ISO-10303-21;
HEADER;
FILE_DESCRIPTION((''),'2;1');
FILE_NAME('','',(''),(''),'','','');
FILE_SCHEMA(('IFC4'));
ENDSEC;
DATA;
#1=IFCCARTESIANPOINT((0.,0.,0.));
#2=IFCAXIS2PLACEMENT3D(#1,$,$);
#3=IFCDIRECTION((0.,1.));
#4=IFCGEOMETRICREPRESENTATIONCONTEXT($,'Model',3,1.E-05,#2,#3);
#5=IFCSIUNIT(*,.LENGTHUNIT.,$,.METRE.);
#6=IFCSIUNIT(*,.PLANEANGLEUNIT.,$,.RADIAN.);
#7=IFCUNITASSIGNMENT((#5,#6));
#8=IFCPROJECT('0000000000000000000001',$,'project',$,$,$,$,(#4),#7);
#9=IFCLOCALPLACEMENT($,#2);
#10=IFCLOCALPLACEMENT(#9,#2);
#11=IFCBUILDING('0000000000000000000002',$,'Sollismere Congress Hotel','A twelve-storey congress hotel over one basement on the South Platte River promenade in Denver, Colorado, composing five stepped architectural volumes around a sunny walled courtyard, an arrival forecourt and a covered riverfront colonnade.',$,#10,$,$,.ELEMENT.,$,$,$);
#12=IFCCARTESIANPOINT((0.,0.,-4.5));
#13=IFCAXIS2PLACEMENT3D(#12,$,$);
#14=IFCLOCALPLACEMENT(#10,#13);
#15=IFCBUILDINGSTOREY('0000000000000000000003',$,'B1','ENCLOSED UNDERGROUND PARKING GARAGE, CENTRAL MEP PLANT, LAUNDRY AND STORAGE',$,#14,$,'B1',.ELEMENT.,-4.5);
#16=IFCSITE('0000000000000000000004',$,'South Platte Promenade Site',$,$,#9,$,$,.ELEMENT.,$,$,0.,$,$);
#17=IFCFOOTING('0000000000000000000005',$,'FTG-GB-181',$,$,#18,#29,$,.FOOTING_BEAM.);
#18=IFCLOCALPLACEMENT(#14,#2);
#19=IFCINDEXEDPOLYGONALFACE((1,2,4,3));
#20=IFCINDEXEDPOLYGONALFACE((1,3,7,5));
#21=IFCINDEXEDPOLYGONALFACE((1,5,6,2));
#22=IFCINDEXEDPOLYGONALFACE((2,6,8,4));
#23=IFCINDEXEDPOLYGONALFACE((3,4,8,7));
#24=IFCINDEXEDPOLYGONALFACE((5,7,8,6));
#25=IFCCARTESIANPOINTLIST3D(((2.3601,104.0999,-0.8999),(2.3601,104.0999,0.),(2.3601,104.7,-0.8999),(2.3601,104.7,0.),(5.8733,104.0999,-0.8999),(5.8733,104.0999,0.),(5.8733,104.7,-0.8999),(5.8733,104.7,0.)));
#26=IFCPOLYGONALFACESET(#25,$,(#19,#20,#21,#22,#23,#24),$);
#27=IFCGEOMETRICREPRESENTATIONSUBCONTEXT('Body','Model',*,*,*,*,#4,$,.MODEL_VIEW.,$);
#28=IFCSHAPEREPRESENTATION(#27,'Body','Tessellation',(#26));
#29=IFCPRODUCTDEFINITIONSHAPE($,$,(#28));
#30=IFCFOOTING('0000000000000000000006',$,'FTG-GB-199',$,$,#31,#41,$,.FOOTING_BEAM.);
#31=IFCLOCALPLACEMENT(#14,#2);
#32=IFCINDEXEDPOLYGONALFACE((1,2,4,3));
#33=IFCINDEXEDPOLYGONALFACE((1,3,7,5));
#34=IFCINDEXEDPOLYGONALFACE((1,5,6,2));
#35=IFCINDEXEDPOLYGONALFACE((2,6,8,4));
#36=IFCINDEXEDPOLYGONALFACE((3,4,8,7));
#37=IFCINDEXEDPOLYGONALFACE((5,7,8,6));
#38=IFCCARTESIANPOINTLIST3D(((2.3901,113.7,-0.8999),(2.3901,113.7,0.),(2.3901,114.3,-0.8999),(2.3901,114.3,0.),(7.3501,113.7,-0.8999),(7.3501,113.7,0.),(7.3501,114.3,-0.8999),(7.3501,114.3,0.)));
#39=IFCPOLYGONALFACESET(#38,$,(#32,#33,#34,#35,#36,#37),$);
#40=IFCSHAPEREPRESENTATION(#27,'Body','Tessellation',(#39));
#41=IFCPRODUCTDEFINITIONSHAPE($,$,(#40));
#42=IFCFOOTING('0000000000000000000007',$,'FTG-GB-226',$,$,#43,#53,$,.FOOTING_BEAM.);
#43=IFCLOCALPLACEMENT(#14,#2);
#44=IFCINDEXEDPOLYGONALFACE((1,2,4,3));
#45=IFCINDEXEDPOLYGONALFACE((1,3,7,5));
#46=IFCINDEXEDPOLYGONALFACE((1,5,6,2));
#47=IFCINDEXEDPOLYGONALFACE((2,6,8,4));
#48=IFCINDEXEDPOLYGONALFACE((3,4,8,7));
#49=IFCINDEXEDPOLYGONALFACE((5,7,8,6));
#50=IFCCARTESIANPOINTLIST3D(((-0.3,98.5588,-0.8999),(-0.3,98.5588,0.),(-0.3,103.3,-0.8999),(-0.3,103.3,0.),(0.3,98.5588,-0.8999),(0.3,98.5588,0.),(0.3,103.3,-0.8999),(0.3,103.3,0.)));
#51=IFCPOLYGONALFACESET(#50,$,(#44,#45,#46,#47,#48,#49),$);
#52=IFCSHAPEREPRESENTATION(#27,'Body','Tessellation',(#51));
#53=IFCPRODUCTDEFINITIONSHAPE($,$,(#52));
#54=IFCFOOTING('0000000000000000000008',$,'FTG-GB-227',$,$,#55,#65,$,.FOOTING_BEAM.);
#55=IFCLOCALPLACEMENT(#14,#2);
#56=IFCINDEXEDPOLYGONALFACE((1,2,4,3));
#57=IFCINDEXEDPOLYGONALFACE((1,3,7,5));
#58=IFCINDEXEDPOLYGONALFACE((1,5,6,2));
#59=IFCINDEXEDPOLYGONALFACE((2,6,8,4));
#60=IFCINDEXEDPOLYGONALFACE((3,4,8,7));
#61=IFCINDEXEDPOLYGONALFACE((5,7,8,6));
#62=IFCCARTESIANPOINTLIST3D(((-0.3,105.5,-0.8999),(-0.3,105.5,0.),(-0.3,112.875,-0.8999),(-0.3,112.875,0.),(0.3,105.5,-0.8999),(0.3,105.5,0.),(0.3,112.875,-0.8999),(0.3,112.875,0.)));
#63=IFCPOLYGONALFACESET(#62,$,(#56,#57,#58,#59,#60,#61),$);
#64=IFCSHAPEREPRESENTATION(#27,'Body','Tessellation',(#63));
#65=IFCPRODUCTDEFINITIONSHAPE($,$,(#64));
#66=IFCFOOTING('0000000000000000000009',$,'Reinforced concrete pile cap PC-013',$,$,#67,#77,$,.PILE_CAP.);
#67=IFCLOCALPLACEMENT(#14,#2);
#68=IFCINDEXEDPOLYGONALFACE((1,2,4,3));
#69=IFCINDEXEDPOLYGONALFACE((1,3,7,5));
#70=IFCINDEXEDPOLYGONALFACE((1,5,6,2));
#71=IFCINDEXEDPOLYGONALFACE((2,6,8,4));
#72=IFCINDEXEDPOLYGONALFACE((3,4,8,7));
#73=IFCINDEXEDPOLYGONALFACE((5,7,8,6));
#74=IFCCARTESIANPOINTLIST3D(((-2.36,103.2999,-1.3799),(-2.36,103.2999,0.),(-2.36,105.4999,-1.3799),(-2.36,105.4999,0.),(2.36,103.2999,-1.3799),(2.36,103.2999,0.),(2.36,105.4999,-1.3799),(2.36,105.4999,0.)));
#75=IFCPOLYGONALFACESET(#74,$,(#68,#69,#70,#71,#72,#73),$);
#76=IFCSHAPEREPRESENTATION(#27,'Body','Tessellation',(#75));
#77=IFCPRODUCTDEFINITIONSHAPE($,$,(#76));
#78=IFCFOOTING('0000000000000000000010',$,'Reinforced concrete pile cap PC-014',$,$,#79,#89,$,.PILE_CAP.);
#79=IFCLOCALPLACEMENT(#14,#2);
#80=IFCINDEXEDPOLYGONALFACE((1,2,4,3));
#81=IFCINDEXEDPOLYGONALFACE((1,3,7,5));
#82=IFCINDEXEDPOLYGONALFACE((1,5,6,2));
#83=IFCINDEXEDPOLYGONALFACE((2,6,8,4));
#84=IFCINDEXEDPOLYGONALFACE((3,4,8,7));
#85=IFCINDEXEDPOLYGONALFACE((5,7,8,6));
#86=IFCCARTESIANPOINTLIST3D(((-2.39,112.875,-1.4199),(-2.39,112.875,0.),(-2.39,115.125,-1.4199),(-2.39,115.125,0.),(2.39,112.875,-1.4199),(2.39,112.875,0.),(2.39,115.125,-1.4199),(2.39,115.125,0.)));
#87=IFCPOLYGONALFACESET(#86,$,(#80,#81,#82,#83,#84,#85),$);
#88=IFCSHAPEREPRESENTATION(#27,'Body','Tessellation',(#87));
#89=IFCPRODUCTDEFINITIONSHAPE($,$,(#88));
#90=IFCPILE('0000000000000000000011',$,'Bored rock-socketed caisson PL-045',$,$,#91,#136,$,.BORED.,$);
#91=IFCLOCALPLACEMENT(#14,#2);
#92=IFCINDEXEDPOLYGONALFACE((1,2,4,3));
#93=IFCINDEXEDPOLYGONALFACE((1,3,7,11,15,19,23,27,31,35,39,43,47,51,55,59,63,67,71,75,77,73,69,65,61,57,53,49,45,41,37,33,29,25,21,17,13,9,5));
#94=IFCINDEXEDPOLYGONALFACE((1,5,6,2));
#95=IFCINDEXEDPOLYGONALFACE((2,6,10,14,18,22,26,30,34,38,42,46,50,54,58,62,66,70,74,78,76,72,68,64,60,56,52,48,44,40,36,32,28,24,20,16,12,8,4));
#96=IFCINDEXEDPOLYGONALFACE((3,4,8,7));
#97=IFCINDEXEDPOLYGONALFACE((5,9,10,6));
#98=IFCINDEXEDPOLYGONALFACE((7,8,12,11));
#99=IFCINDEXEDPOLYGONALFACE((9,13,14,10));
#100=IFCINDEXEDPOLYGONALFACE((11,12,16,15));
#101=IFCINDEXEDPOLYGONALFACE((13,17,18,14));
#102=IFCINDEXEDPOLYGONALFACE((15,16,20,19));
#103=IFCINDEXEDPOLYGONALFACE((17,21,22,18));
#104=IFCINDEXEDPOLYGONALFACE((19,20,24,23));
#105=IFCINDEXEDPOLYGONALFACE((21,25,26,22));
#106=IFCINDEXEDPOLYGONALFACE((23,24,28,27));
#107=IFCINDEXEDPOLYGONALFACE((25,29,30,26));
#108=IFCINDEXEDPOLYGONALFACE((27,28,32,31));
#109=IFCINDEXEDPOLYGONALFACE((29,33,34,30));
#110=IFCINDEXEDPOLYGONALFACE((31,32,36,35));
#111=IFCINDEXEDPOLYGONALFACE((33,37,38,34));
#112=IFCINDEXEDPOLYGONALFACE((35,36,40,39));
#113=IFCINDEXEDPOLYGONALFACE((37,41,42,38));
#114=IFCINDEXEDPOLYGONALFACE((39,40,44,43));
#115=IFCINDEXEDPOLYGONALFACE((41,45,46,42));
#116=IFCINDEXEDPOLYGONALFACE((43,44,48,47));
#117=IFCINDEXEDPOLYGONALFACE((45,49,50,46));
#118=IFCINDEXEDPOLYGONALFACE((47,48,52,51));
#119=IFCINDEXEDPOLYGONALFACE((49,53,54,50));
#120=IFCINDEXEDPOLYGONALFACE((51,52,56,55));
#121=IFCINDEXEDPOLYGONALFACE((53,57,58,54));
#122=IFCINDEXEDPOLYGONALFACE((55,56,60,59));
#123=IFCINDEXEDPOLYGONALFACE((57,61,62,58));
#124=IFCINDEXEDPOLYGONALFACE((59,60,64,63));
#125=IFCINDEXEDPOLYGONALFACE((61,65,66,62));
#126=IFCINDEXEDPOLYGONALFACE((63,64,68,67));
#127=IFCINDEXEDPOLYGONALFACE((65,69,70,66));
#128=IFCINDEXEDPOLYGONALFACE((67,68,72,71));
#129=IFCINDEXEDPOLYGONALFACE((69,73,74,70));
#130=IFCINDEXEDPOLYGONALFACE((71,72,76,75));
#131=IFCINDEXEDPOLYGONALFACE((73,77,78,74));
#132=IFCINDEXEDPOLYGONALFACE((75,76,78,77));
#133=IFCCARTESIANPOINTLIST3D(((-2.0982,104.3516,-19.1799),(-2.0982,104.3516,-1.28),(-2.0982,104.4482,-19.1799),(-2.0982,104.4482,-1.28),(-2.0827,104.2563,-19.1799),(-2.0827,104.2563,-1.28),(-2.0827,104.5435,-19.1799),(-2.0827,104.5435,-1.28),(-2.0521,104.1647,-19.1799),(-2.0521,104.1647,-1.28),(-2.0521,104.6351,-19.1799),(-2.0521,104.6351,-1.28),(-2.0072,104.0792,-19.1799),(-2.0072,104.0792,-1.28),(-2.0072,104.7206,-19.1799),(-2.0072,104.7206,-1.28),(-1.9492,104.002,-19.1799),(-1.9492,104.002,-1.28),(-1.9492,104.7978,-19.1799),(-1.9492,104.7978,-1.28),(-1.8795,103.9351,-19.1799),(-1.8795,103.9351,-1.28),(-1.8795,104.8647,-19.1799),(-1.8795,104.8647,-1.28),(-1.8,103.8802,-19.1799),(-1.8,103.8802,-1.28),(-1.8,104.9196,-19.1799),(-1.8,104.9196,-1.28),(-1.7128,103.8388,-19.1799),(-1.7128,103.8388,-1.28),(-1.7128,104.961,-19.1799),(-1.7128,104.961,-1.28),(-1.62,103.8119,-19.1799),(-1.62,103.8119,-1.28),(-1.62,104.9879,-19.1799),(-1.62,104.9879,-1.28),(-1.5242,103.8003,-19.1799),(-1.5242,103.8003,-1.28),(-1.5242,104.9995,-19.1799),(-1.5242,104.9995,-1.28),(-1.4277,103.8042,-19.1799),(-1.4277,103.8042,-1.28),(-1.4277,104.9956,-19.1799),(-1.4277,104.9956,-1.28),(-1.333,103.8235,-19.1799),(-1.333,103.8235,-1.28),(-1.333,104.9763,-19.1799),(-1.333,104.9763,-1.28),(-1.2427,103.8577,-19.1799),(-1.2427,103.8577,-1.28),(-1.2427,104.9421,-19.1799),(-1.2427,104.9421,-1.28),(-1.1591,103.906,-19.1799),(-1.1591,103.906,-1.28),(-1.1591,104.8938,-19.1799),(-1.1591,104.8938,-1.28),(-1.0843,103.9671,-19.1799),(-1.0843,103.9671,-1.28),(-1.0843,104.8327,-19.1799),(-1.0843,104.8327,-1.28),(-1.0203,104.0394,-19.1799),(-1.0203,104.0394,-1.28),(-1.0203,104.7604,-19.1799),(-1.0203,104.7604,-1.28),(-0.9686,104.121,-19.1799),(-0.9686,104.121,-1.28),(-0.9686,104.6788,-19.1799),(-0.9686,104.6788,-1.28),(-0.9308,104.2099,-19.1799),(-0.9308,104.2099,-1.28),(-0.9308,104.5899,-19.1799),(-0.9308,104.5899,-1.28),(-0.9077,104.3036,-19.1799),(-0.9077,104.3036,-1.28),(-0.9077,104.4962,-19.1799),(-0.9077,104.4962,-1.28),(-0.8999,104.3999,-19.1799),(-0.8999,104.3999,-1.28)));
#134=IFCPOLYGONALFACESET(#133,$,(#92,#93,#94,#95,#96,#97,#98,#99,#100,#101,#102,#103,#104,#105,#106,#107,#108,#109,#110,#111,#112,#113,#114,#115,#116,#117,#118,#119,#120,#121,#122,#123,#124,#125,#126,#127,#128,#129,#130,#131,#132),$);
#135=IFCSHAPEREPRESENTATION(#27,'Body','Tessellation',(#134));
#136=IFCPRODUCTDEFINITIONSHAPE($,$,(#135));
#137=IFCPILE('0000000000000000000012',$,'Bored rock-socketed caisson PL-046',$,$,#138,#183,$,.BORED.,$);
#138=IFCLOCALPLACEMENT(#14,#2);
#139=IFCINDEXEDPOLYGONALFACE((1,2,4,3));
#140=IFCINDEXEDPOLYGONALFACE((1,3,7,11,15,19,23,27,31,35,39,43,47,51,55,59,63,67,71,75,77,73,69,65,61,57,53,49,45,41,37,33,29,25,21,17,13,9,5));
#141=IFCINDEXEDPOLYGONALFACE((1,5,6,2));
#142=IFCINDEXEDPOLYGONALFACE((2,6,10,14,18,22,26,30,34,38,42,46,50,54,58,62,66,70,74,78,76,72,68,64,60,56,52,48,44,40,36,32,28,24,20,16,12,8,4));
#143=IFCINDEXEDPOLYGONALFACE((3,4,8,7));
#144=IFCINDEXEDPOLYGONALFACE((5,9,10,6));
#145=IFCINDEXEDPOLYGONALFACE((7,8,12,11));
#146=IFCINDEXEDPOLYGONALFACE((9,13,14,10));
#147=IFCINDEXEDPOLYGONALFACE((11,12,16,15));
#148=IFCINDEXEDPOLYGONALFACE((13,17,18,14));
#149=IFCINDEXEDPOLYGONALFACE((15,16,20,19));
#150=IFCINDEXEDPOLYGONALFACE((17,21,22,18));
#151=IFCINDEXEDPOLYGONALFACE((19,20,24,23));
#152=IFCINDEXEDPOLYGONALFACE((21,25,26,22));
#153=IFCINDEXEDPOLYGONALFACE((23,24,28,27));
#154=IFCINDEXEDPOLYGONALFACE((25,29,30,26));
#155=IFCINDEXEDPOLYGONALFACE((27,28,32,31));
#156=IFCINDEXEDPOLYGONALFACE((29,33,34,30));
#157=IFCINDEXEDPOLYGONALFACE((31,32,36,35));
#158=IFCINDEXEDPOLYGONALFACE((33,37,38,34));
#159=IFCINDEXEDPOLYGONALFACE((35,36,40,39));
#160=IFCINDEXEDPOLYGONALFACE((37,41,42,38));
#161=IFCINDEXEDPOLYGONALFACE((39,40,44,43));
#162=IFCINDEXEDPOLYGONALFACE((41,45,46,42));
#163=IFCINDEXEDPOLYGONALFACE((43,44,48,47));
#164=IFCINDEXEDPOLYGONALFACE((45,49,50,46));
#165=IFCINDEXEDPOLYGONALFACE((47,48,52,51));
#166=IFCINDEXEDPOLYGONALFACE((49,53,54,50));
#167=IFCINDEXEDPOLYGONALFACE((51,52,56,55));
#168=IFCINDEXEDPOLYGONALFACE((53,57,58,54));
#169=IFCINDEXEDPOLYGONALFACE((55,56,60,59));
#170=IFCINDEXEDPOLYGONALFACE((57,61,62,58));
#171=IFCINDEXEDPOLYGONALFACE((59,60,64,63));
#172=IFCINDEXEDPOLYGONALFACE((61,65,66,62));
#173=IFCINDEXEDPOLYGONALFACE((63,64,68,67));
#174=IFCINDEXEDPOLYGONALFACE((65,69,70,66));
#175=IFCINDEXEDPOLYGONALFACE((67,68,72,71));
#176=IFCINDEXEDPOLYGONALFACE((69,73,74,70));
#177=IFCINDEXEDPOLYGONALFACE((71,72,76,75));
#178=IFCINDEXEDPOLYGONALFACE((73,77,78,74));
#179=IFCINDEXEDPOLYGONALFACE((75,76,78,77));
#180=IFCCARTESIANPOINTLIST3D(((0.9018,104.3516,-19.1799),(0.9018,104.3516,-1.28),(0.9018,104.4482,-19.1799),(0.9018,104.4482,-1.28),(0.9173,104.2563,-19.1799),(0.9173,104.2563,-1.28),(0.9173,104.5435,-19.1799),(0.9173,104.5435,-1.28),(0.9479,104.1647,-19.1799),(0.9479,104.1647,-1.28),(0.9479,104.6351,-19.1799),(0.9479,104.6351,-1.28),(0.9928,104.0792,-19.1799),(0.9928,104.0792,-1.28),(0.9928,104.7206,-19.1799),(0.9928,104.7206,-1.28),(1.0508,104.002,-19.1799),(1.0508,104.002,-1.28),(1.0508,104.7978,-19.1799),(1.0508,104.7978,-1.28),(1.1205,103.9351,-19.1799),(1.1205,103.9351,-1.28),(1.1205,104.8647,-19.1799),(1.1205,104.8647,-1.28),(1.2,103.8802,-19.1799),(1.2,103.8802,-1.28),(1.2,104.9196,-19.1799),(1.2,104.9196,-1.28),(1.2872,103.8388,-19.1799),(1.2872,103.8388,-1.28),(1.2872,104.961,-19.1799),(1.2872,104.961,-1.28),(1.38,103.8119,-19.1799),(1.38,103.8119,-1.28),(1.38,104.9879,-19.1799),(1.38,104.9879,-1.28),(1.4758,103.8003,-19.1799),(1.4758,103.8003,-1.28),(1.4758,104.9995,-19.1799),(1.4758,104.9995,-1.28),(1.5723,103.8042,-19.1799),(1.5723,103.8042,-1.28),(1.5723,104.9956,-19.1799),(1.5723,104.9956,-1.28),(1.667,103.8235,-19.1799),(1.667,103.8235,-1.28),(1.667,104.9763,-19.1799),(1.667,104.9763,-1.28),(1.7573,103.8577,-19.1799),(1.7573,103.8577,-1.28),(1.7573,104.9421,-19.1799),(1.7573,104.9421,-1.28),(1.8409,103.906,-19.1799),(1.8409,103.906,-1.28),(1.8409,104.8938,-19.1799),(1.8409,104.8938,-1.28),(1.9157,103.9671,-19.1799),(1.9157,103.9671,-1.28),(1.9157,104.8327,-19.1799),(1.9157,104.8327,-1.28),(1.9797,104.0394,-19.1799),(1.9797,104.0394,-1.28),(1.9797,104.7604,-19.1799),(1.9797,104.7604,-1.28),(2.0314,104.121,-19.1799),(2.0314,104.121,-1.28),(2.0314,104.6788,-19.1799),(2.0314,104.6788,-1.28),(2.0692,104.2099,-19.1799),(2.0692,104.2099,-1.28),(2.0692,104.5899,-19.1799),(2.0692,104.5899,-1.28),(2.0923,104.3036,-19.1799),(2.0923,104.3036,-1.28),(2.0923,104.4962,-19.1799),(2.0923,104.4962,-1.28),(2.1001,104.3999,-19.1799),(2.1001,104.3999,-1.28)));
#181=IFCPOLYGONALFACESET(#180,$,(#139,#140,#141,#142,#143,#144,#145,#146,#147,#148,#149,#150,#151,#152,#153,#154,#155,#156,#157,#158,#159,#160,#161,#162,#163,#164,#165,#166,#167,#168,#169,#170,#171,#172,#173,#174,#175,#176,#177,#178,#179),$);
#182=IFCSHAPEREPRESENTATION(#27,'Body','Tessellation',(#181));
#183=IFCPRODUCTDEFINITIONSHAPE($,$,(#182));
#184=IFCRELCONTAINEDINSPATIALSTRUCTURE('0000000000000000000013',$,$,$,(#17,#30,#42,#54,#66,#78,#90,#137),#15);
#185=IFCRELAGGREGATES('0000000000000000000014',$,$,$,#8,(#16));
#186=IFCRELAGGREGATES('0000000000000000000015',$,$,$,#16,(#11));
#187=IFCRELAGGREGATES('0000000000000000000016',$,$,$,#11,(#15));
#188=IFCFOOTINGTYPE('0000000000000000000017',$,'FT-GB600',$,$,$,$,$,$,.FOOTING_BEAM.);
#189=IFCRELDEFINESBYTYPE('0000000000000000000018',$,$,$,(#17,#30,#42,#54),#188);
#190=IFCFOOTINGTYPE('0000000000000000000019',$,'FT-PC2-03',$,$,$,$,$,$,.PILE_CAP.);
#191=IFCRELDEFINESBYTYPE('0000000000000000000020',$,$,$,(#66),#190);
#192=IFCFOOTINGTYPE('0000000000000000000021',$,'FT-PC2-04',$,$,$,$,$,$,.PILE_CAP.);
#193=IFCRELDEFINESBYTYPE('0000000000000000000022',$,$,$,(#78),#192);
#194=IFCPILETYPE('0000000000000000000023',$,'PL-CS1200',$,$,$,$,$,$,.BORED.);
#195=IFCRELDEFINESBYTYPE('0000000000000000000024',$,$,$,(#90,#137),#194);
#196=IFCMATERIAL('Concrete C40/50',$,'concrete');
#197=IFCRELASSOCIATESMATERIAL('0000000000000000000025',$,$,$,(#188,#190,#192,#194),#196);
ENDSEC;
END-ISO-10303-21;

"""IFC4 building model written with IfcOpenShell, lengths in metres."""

from ifc_helpers import new_model, si_unit, direction, frame, origin, origin_2d, place, context, subcontext, project, spatial, rectangle, circle, extrude, material, material_profile, profile_set, type_object, element, save


model = new_model("IFC4")

# Units and contexts
model_context = context("Model", 3, precision=1e-05, world=origin(), true_north=direction((0.0, 1.0)))
body_context = subcontext(model_context, "Body", "Model", "MODEL_VIEW")
ifc_project = project(units=[si_unit("LENGTHUNIT", "METRE"), si_unit("PLANEANGLEUNIT", "RADIAN")], contexts=[model_context])

# Site, building, storey
site_placement = place(None, origin())
site = spatial("IfcSite", under=ifc_project, at=site_placement, Name="South Platte Promenade Site", CompositionType="ELEMENT", RefElevation=0.0)
building_placement = place(site_placement, origin())
building = spatial("IfcBuilding", under=site, at=building_placement, Name="Sollismere Congress Hotel", Description="A twelve-storey congress hotel over one basement on the South Platte River promenade in Denver, Colorado, composing five stepped architectural volumes around a sunny walled courtyard, an arrival forecourt and a covered riverfront colonnade.", CompositionType="ELEMENT")
storey_placement = place(building_placement, frame((0.0, 0.0, -4.5)))
storey = spatial("IfcBuildingStorey", under=building, at=storey_placement, Name="B1", Description="ENCLOSED UNDERGROUND PARKING GARAGE, CENTRAL MEP PLANT, LAUNDRY AND STORAGE", LongName="B1", CompositionType="ELEMENT", Elevation=-4.5)

# Footings
ifc_material_1 = material(Name="Concrete C40/50", Category="concrete")
footing_type_1 = type_object("IfcFootingType", Name="FT-GB600", PredefinedType="FOOTING_BEAM", material=ifc_material_1)
footing_1_placement = place(storey_placement, frame((4.1167, 104.3999, -0.8999), z_axis=(0.0, 0.0, 1.0), x_axis=(1.0, 0.0, 0.0)))
element("IfcFooting", 1, at=footing_1_placement, inside=storey, type_object=footing_type_1, Name="FTG-GB-181", PredefinedType="FOOTING_BEAM", context=body_context, shape_type="SweptSolid", body=[
    extrude(rectangle(XDim=3.5132, YDim=0.6001, at=origin_2d()), origin(), (0.0, 0.0, 1.0), 0.8999),
])
footing_2_placement = place(storey_placement, frame((4.8701, 114.0, -0.8999), z_axis=(0.0, 0.0, 1.0), x_axis=(1.0, 0.0, 0.0)))
element("IfcFooting", 2, at=footing_2_placement, inside=storey, type_object=footing_type_1, Name="FTG-GB-199", PredefinedType="FOOTING_BEAM", context=body_context, shape_type="SweptSolid", body=[
    extrude(rectangle(XDim=4.96, YDim=0.6001, at=origin_2d()), origin(), (0.0, 0.0, 1.0), 0.8999),
])
footing_3_placement = place(storey_placement, frame((0.0, 100.9294, -0.8999), z_axis=(0.0, 0.0, 1.0), x_axis=(0.0, 1.0, 0.0)))
element("IfcFooting", 3, at=footing_3_placement, inside=storey, type_object=footing_type_1, Name="FTG-GB-226", PredefinedType="FOOTING_BEAM", context=body_context, shape_type="SweptSolid", body=[
    extrude(rectangle(XDim=4.7412, YDim=0.6001, at=origin_2d()), origin(), (0.0, 0.0, 1.0), 0.8999),
])
footing_4_placement = place(storey_placement, frame((0.0, 109.1875, -0.8999), z_axis=(0.0, 0.0, 1.0), x_axis=(0.0, 1.0, 0.0)))
element("IfcFooting", 4, at=footing_4_placement, inside=storey, type_object=footing_type_1, Name="FTG-GB-227", PredefinedType="FOOTING_BEAM", context=body_context, shape_type="SweptSolid", body=[
    extrude(rectangle(XDim=7.375, YDim=0.6001, at=origin_2d()), origin(), (0.0, 0.0, 1.0), 0.8999),
])
footing_type_2 = type_object("IfcFootingType", Name="FT-PC2-03", PredefinedType="PILE_CAP", material=ifc_material_1)
footing_5_placement = place(storey_placement, frame((0.0, 104.3999, -1.3799), z_axis=(0.0, 0.0, 1.0), x_axis=(1.0, 0.0, 0.0)))
element("IfcFooting", 5, at=footing_5_placement, inside=storey, type_object=footing_type_2, Name="Reinforced concrete pile cap PC-013", PredefinedType="PILE_CAP", context=body_context, shape_type="SweptSolid", body=[
    extrude(rectangle(XDim=4.72, YDim=2.2, at=origin_2d()), origin(), (0.0, 0.0, 1.0), 1.3799),
])
footing_type_3 = type_object("IfcFootingType", Name="FT-PC2-04", PredefinedType="PILE_CAP", material=ifc_material_1)
footing_6_placement = place(storey_placement, frame((0.0, 114.0, -1.4199), z_axis=(0.0, 0.0, 1.0), x_axis=(1.0, 0.0, 0.0)))
element("IfcFooting", 6, at=footing_6_placement, inside=storey, type_object=footing_type_3, Name="Reinforced concrete pile cap PC-014", PredefinedType="PILE_CAP", context=body_context, shape_type="SweptSolid", body=[
    extrude(rectangle(XDim=4.78, YDim=2.25, at=origin_2d()), origin(), (0.0, 0.0, 1.0), 1.4199),
])

# Piles
ifc_material_profile_1 = material_profile(ifc_material_1, circle(Radius=0.6001, at=origin_2d()), Name="CAISSON1200")
ifc_profile_set_1 = profile_set([ifc_material_profile_1], Name="Concrete C40/50")
pile_type = type_object("IfcPileType", Name="PL-CS1200", PredefinedType="BORED", material=ifc_profile_set_1)
for number, where, z_axis, x_axis, name in (
    (7, (-1.5, 104.3999, -1.28), (0.0, 0.0, -1.0), (1.0, 0.0, 0.0), "Bored rock-socketed caisson PL-045"),
    (8, (1.5, 104.3999, -1.28), (0.0, 0.0, -1.0), (1.0, 0.0, 0.0), "Bored rock-socketed caisson PL-046"),
):
    element("IfcPile", number, at=place(storey_placement, frame(where, z_axis=z_axis, x_axis=x_axis)), inside=storey, type_object=pile_type, Name=name, PredefinedType="BORED", context=body_context, shape_type="SweptSolid", body=[
        extrude(circle(Radius=0.6001, at=origin_2d()), origin(), (0.0, 0.0, 1.0), 17.8999),
    ])

save(model, "model.ifc")
